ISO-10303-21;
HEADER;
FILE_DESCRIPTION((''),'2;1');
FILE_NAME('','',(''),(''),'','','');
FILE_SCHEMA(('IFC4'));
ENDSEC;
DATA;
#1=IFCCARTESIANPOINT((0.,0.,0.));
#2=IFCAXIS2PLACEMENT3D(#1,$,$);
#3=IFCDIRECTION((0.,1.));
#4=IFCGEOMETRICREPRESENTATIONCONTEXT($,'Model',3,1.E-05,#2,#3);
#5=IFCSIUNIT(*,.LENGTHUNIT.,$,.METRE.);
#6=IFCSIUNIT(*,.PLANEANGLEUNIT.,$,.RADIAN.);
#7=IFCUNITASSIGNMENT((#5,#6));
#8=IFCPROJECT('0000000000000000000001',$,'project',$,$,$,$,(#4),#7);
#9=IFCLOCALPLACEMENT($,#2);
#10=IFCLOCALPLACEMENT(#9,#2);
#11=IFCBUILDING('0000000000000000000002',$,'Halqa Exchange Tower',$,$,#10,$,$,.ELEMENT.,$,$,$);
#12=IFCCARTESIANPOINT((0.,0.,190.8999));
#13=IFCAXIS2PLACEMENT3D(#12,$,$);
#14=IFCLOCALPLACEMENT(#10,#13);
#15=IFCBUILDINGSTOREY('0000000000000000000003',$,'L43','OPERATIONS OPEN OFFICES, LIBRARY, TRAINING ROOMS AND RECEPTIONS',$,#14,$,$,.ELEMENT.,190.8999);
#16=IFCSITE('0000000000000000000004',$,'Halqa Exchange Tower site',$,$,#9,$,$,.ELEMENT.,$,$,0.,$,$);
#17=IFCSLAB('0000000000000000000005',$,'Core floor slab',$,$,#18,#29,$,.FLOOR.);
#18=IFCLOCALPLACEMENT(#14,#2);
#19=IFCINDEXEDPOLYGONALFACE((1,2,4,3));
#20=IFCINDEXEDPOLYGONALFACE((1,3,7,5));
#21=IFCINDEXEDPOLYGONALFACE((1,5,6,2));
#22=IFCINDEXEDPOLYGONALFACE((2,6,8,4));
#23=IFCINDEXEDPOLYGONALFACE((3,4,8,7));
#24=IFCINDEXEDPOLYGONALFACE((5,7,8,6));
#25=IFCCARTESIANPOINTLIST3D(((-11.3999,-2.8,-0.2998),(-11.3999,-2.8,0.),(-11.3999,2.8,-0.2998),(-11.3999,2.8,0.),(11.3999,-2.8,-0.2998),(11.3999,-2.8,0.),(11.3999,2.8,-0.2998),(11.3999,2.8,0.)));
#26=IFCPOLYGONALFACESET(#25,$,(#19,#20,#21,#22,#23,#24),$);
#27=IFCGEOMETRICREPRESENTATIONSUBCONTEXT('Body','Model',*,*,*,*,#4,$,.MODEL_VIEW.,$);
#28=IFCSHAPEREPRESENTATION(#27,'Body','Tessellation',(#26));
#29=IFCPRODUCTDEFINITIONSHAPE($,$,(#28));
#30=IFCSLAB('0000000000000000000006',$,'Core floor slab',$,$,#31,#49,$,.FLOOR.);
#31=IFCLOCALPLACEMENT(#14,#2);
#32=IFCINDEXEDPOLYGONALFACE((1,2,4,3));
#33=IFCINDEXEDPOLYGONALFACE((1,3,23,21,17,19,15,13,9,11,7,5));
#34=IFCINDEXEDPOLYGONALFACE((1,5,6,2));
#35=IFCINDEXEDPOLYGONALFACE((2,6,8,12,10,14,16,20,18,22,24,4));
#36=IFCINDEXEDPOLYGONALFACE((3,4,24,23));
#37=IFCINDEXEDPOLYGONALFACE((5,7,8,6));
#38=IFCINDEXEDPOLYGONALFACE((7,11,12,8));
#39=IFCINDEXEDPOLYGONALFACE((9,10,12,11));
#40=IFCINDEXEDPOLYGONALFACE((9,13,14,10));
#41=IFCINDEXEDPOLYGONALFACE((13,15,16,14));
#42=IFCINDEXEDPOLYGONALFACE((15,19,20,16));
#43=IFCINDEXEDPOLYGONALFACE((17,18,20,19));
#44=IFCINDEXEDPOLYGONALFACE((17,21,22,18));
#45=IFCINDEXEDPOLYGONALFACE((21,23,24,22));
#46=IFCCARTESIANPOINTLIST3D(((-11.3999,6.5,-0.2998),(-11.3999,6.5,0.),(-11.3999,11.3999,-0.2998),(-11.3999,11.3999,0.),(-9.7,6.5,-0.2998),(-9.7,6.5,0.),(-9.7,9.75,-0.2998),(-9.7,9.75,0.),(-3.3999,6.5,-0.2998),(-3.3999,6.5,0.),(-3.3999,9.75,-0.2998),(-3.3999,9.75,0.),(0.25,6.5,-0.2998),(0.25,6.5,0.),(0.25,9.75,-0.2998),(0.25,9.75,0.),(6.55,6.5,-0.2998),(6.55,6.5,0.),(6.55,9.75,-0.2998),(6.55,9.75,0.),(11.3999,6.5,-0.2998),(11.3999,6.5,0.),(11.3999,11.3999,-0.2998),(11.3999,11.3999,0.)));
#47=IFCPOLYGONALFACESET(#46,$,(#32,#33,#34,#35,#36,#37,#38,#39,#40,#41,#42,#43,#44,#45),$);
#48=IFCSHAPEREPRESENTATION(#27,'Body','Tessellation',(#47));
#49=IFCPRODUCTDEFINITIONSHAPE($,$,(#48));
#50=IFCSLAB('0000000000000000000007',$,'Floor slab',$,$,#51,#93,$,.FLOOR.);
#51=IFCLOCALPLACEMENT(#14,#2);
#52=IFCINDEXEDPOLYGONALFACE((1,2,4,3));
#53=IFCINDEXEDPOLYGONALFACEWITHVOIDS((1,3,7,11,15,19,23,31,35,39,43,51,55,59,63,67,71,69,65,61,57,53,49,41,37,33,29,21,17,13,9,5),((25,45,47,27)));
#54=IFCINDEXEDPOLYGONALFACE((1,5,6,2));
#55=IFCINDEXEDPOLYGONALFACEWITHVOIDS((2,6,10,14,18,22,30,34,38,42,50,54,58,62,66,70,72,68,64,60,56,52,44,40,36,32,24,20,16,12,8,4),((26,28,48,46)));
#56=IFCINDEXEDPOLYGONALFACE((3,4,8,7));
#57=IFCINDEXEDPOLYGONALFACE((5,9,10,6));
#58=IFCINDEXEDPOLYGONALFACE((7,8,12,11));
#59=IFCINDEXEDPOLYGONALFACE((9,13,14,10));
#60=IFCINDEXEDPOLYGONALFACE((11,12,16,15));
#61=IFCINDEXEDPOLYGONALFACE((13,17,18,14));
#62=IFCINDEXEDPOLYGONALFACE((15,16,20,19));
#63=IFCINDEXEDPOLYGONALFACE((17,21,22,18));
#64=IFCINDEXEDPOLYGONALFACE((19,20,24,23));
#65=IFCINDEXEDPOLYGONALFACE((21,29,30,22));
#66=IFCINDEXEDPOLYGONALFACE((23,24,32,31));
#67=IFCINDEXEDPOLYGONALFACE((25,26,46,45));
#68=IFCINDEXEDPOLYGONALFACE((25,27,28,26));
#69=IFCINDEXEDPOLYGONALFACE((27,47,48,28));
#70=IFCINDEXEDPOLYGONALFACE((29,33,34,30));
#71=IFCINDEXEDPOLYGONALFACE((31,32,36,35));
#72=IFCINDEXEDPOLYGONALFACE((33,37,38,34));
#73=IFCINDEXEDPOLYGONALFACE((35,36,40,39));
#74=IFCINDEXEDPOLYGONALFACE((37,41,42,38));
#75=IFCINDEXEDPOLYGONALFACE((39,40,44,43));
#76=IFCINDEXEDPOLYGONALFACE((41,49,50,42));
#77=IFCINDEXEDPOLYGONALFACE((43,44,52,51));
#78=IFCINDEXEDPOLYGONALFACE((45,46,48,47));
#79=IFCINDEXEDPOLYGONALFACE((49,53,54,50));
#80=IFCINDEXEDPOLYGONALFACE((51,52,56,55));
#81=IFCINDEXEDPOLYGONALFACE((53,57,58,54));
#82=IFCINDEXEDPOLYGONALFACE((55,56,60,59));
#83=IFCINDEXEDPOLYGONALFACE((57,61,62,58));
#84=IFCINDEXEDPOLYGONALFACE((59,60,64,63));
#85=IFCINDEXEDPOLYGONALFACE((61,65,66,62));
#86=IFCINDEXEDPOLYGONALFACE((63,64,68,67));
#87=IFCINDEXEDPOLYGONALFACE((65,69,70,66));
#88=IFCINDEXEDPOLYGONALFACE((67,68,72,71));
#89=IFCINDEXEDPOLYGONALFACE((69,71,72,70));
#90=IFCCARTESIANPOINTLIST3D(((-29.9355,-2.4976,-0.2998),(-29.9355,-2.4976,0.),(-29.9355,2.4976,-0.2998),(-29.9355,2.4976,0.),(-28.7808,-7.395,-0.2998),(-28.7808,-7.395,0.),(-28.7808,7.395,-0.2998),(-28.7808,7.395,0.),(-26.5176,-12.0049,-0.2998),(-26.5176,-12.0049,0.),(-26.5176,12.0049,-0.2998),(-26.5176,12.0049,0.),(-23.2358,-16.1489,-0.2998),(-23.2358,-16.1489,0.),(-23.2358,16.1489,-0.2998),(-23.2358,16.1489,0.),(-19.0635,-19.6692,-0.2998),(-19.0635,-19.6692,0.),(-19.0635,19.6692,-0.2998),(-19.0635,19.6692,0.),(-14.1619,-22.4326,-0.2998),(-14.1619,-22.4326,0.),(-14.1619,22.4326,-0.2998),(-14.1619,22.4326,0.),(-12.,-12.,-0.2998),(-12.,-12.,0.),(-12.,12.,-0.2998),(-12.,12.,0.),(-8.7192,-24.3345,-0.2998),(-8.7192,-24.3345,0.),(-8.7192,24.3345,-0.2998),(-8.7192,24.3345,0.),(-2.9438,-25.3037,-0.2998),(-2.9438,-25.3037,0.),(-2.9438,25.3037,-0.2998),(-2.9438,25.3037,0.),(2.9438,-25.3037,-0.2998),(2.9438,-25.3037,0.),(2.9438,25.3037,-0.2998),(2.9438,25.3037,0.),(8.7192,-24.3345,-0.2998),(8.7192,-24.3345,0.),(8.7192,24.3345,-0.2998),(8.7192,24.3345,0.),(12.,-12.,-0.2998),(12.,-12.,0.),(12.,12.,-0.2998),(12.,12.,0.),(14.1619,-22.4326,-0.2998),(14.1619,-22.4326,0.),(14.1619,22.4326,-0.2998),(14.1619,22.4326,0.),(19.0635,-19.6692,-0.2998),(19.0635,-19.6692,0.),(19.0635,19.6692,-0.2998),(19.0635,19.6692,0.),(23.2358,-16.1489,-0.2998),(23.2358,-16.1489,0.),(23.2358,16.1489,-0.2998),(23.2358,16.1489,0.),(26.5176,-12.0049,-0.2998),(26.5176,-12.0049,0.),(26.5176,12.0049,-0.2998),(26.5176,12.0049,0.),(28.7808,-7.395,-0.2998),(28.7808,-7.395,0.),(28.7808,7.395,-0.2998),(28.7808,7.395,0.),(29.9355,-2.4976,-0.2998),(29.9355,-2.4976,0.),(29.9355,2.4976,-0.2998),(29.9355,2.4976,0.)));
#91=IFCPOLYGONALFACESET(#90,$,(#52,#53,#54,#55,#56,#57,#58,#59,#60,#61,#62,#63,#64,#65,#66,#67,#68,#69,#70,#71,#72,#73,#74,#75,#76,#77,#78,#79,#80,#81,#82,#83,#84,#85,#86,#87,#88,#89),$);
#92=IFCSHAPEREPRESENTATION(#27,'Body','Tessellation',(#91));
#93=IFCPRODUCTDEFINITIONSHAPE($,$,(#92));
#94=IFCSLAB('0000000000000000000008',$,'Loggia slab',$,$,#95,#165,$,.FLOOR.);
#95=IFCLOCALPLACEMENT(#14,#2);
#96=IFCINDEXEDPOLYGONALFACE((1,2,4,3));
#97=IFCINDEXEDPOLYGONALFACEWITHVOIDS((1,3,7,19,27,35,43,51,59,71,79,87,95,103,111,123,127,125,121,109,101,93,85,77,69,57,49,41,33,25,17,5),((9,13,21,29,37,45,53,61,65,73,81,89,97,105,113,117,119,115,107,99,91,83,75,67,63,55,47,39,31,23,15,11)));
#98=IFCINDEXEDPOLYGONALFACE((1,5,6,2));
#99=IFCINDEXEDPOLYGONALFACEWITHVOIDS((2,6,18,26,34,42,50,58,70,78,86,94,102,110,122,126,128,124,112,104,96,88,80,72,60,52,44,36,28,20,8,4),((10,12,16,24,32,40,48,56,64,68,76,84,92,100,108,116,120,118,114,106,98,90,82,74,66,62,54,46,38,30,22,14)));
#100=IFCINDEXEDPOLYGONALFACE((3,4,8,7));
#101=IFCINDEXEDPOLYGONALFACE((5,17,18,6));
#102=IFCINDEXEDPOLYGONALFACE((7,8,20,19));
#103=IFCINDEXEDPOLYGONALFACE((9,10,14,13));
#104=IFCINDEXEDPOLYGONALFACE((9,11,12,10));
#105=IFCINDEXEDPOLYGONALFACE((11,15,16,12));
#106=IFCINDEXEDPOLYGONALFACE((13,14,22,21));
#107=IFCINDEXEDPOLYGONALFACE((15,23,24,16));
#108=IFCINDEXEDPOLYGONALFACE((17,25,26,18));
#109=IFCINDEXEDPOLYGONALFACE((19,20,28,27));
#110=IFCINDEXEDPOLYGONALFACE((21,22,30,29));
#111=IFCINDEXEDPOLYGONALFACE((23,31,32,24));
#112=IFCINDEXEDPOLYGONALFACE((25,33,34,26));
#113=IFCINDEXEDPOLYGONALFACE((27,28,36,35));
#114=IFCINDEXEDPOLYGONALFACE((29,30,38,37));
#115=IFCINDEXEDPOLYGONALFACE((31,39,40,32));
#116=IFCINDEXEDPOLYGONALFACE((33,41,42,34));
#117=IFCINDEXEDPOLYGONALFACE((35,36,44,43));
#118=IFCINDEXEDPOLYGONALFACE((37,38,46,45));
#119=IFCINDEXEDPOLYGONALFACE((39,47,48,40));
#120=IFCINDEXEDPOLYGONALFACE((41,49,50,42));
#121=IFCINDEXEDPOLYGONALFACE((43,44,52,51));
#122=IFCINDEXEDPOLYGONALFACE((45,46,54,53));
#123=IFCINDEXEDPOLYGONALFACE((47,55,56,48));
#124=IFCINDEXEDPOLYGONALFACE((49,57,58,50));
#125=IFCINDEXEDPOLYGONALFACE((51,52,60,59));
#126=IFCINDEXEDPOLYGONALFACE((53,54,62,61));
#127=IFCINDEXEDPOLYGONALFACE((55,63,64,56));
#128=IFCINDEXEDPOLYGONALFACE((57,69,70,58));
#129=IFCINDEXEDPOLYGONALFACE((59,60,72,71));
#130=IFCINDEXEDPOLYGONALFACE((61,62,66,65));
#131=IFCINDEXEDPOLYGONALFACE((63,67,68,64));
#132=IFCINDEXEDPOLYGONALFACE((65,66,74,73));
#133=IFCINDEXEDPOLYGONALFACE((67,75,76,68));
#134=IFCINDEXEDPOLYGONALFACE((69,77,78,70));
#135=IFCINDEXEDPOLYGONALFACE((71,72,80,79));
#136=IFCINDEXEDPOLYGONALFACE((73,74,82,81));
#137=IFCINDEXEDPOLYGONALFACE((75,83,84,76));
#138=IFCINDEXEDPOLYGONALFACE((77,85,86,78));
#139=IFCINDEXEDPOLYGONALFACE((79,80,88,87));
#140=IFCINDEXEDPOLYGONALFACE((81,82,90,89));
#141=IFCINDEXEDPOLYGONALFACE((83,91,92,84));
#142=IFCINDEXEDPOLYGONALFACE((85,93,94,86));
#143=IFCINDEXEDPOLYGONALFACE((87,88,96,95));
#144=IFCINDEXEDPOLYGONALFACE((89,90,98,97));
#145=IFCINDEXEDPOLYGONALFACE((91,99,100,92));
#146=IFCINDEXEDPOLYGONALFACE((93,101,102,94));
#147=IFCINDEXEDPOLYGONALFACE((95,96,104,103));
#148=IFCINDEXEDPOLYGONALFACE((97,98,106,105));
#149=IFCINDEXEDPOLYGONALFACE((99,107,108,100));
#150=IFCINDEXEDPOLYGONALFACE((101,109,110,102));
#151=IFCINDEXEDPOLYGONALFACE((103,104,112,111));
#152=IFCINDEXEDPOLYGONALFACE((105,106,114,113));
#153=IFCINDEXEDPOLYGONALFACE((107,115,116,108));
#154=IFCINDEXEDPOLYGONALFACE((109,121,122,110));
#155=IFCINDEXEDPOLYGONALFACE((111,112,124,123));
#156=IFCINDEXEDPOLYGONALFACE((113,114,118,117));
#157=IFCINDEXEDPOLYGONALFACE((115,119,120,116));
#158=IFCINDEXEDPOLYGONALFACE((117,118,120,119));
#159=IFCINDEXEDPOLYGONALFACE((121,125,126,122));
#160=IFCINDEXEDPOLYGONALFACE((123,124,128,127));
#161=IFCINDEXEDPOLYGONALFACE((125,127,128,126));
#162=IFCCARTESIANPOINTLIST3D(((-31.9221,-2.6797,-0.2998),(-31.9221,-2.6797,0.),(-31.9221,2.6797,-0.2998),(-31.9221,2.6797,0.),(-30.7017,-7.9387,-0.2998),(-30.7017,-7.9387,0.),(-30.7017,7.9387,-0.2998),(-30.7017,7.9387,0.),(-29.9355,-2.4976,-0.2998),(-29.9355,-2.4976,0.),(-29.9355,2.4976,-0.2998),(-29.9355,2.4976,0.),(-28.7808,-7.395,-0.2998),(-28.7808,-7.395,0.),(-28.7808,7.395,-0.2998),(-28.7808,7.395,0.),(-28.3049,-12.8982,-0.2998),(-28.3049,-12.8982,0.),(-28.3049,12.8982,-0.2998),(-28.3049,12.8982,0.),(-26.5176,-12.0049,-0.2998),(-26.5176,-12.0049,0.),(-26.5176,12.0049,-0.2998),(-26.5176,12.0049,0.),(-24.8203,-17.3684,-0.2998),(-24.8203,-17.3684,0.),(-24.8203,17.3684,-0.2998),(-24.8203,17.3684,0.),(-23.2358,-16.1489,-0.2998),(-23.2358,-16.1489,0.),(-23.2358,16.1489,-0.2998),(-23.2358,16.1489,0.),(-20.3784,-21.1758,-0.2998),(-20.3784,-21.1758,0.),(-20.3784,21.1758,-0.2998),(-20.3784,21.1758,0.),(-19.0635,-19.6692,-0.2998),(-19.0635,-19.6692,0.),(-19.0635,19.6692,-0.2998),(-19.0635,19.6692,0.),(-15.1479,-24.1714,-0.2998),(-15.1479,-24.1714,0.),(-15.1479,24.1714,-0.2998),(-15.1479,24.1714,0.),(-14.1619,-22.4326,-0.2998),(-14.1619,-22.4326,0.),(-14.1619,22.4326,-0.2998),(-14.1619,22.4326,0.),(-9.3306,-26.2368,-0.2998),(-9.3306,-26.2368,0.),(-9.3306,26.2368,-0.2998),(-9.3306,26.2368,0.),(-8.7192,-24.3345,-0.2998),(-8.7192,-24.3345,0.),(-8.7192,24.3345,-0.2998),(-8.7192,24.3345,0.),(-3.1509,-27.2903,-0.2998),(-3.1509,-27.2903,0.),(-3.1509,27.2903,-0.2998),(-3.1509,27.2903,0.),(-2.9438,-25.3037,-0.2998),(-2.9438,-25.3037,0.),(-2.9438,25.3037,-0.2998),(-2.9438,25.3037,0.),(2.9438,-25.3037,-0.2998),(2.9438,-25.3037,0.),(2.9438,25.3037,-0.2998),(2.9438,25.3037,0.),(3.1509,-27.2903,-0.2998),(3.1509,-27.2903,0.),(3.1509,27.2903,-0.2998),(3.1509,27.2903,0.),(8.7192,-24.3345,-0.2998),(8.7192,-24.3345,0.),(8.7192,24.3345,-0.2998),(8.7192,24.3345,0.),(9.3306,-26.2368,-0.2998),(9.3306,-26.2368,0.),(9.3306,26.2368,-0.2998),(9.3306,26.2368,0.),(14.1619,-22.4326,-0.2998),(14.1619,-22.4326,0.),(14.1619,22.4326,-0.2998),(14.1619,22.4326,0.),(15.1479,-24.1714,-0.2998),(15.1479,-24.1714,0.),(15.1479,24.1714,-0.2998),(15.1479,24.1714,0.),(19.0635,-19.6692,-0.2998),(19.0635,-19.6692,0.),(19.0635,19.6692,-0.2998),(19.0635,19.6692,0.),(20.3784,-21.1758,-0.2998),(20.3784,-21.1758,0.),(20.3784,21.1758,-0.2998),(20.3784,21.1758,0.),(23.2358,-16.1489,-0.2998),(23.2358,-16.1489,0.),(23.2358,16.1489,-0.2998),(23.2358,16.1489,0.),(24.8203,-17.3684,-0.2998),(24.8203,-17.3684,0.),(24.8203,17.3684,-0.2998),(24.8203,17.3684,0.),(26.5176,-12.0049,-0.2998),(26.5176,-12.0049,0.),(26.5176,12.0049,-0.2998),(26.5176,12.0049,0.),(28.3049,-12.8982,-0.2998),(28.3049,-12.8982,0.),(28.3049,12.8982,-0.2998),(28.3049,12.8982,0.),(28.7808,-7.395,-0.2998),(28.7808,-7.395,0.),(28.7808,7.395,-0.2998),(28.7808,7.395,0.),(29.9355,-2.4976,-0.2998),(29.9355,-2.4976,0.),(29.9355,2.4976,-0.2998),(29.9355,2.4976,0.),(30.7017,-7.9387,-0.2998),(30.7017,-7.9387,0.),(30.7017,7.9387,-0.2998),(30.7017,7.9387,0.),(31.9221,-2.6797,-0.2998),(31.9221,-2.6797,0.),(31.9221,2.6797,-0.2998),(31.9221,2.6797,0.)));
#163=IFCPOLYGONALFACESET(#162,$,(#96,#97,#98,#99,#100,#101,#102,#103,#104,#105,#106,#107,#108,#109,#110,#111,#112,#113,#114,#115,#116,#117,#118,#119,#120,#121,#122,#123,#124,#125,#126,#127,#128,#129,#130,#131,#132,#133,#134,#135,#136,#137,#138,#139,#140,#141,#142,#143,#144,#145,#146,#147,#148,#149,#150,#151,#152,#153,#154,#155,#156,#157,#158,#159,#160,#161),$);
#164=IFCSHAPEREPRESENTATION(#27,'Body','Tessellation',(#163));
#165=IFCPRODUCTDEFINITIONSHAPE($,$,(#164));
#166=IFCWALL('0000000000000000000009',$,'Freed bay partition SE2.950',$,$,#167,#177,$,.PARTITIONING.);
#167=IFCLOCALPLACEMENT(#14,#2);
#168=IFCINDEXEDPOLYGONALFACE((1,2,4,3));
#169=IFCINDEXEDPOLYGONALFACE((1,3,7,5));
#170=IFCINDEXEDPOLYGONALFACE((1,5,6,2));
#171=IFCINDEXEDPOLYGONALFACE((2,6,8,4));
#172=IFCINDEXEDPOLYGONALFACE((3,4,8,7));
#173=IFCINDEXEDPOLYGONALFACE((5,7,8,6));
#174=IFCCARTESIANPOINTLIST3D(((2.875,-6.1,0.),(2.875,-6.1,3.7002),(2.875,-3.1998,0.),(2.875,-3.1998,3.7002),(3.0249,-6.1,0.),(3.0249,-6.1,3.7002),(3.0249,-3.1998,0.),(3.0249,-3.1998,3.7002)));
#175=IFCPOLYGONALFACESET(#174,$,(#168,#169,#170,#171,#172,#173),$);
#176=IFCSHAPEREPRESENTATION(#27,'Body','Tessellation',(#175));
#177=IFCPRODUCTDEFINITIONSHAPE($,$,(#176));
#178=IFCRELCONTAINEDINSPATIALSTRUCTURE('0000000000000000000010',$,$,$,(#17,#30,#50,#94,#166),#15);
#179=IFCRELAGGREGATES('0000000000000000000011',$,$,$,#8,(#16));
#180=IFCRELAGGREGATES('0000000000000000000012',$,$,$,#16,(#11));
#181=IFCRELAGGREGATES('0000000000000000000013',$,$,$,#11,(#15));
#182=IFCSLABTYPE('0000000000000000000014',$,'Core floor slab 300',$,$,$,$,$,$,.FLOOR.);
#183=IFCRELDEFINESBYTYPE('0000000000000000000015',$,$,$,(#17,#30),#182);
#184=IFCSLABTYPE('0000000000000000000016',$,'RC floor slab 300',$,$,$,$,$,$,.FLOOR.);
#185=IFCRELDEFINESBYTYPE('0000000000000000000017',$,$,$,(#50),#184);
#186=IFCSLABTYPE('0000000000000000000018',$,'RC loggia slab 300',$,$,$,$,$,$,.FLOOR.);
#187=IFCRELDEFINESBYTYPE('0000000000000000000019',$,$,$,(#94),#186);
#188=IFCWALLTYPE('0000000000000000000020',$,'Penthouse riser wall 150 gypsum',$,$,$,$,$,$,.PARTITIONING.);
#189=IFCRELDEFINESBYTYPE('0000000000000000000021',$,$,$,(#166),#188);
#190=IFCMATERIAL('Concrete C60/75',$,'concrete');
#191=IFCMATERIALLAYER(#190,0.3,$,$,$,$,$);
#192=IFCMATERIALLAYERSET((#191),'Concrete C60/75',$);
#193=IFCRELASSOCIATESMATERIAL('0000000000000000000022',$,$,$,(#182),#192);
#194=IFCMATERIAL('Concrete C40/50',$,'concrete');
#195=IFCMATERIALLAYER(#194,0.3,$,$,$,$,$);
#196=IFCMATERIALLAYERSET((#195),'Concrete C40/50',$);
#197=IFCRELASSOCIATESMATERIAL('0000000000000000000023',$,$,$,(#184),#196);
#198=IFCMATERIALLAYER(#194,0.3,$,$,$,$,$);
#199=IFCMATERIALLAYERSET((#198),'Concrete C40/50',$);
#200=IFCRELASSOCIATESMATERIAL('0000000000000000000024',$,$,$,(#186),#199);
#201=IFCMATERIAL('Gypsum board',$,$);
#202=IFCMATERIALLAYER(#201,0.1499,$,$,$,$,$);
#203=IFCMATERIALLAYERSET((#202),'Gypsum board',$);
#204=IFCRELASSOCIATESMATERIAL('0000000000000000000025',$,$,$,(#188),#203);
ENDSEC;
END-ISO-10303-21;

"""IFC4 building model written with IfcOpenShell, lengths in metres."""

from ifc_helpers import new_model, si_unit, direction, frame, frame_2d, origin, place, context, subcontext, project, spatial, polyline, rectangle, outline, extrude, material, layer, layer_set, type_object, element, save


model = new_model("IFC4")

# Units and contexts
model_context = context("Model", 3, precision=1e-05, world=origin(), true_north=direction((0.0, 1.0)))
body_context = subcontext(model_context, "Body", "Model", "MODEL_VIEW")
ifc_project = project(units=[si_unit("LENGTHUNIT", "METRE"), si_unit("PLANEANGLEUNIT", "RADIAN")], contexts=[model_context])

# Site, building, storey
site_placement = place(None, origin())
site = spatial("IfcSite", under=ifc_project, at=site_placement, Name="Halqa Exchange Tower site", CompositionType="ELEMENT", RefElevation=0.0)
building_placement = place(site_placement, origin())
building = spatial("IfcBuilding", under=site, at=building_placement, Name="Halqa Exchange Tower", CompositionType="ELEMENT")
storey_placement = place(building_placement, frame((0.0, 0.0, 190.8999)))
storey = spatial("IfcBuildingStorey", under=building, at=storey_placement, Name="L43", Description="OPERATIONS OPEN OFFICES, LIBRARY, TRAINING ROOMS AND RECEPTIONS", CompositionType="ELEMENT", Elevation=190.8999)

# Slabs
ifc_material_1 = material(Name="Concrete C60/75", Category="concrete")
ifc_layer_1 = layer(ifc_material_1, 0.3)
ifc_layer_set_1 = layer_set([ifc_layer_1], Name="Concrete C60/75")
slab_type_1 = type_object("IfcSlabType", Name="Core floor slab 300", PredefinedType="FLOOR", material=ifc_layer_set_1)
slab_1_placement = place(storey_placement, frame((0.0, 0.0, -0.2998)))
element("IfcSlab", 1, at=slab_1_placement, inside=storey, type_object=slab_type_1, Name="Core floor slab", PredefinedType="FLOOR", context=body_context, shape_type="SweptSolid", body=[
    extrude(outline(polyline([(-11.3999, 2.8), (11.3999, 2.8), (11.3999, -2.8), (-11.3999, -2.8), (-11.3999, 2.8)])), origin(), (0.0, 0.0, 1.0), 0.2998),
])
slab_2_placement = place(storey_placement, frame((0.0, 0.0, -0.2998)))
element("IfcSlab", 2, at=slab_2_placement, inside=storey, type_object=slab_type_1, Name="Core floor slab", PredefinedType="FLOOR", context=body_context, shape_type="SweptSolid", body=[
    extrude(outline(polyline([(-11.3999, 11.3999), (11.3999, 11.3999), (11.3999, 6.5), (6.55, 6.5), (6.55, 9.75), (0.25, 9.75), (0.25, 6.5), (-3.3999, 6.5), (-3.3999, 9.75), (-9.7, 9.75), (-9.7, 6.5), (-11.3999, 6.5), (-11.3999, 11.3999)])), origin(), (0.0, 0.0, 1.0), 0.2998),
])
ifc_material_2 = material(Name="Concrete C40/50", Category="concrete")
ifc_layer_2 = layer(ifc_material_2, 0.3)
ifc_layer_set_2 = layer_set([ifc_layer_2], Name="Concrete C40/50")
slab_type_2 = type_object("IfcSlabType", Name="RC floor slab 300", PredefinedType="FLOOR", material=ifc_layer_set_2)
slab_3_placement = place(storey_placement, frame((0.0, 0.0, -0.2998)))
element("IfcSlab", 3, at=slab_3_placement, inside=storey, type_object=slab_type_2, Name="Floor slab", PredefinedType="FLOOR", context=body_context, shape_type="SweptSolid", body=[
    extrude(outline(polyline([(29.9355, 2.4976), (28.7808, 7.395), (26.5176, 12.0049), (23.2358, 16.1489), (19.0635, 19.6692), (14.1619, 22.4326), (8.7192, 24.3345), (2.9438, 25.3037), (-2.9438, 25.3037), (-8.7192, 24.3345), (-14.1619, 22.4326), (-19.0635, 19.6692), (-23.2358, 16.1489), (-26.5176, 12.0049), (-28.7808, 7.395), (-29.9355, 2.4976), (-29.9355, -2.4976), (-28.7808, -7.395), (-26.5176, -12.0049), (-23.2358, -16.1489), (-19.0635, -19.6692), (-14.1619, -22.4326), (-8.7192, -24.3345), (-2.9438, -25.3037), (2.9438, -25.3037), (8.7192, -24.3345), (14.1619, -22.4326), (19.0635, -19.6692), (23.2358, -16.1489), (26.5176, -12.0049), (28.7808, -7.395), (29.9355, -2.4976), (29.9355, 2.4976)]), holes=[polyline([(-12.0, -12.0), (12.0, -12.0), (12.0, 12.0), (-12.0, 12.0), (-12.0, -12.0)])]), origin(), (0.0, 0.0, 1.0), 0.2998),
])
ifc_layer_3 = layer(ifc_material_2, 0.3)
ifc_layer_set_3 = layer_set([ifc_layer_3], Name="Concrete C40/50")
slab_type_3 = type_object("IfcSlabType", Name="RC loggia slab 300", PredefinedType="FLOOR", material=ifc_layer_set_3)
slab_4_placement = place(storey_placement, frame((0.0, 0.0, -0.2998)))
element("IfcSlab", 4, at=slab_4_placement, inside=storey, type_object=slab_type_3, Name="Loggia slab", PredefinedType="FLOOR", context=body_context, shape_type="SweptSolid", body=[
    extrude(outline(polyline([(31.9221, 2.6797), (31.9221, -2.6797), (30.7017, -7.9387), (28.3049, -12.8982), (24.8203, -17.3684), (20.3784, -21.1758), (15.1479, -24.1714), (9.3306, -26.2368), (3.1509, -27.2903), (-3.1509, -27.2903), (-9.3306, -26.2368), (-15.1479, -24.1714), (-20.3784, -21.1758), (-24.8203, -17.3684), (-28.3049, -12.8982), (-30.7017, -7.9387), (-31.9221, -2.6797), (-31.9221, 2.6797), (-30.7017, 7.9387), (-28.3049, 12.8982), (-24.8203, 17.3684), (-20.3784, 21.1758), (-15.1479, 24.1714), (-9.3306, 26.2368), (-3.1509, 27.2903), (3.1509, 27.2903), (9.3306, 26.2368), (15.1479, 24.1714), (20.3784, 21.1758), (24.8203, 17.3684), (28.3049, 12.8982), (30.7017, 7.9387), (31.9221, 2.6797)]), holes=[polyline([(29.9355, 2.4976), (28.7808, 7.395), (26.5176, 12.0049), (23.2358, 16.1489), (19.0635, 19.6692), (14.1619, 22.4326), (8.7192, 24.3345), (2.9438, 25.3037), (-2.9438, 25.3037), (-8.7192, 24.3345), (-14.1619, 22.4326), (-19.0635, 19.6692), (-23.2358, 16.1489), (-26.5176, 12.0049), (-28.7808, 7.395), (-29.9355, 2.4976), (-29.9355, -2.4976), (-28.7808, -7.395), (-26.5176, -12.0049), (-23.2358, -16.1489), (-19.0635, -19.6692), (-14.1619, -22.4326), (-8.7192, -24.3345), (-2.9438, -25.3037), (2.9438, -25.3037), (8.7192, -24.3345), (14.1619, -22.4326), (19.0635, -19.6692), (23.2358, -16.1489), (26.5176, -12.0049), (28.7808, -7.395), (29.9355, -2.4976), (29.9355, 2.4976)])]), origin(), (0.0, 0.0, 1.0), 0.2998),
])

# Wall
ifc_material_3 = material(Name="Gypsum board")
ifc_layer_4 = layer(ifc_material_3, 0.1499)
ifc_layer_set_4 = layer_set([ifc_layer_4], Name="Gypsum board")
wall_type_1 = type_object("IfcWallType", Name="Penthouse riser wall 150 gypsum", PredefinedType="PARTITIONING", material=ifc_layer_set_4)
wall_1_placement = place(storey_placement, frame((2.95, -6.1001, 0.0), z_axis=(0.0, 0.0, 1.0), x_axis=(0.0, 1.0, 0.0)))
element("IfcWall", 5, at=wall_1_placement, inside=storey, type_object=wall_type_1, Name="Freed bay partition SE2.950", PredefinedType="PARTITIONING", context=body_context, shape_type="SweptSolid", body=[
    extrude(rectangle(XDim=2.9001, YDim=0.1499, at=frame_2d((1.4502, 0.0))), origin(), (0.0, 0.0, 1.0), 3.7002),
])

save(model, "model.ifc")
